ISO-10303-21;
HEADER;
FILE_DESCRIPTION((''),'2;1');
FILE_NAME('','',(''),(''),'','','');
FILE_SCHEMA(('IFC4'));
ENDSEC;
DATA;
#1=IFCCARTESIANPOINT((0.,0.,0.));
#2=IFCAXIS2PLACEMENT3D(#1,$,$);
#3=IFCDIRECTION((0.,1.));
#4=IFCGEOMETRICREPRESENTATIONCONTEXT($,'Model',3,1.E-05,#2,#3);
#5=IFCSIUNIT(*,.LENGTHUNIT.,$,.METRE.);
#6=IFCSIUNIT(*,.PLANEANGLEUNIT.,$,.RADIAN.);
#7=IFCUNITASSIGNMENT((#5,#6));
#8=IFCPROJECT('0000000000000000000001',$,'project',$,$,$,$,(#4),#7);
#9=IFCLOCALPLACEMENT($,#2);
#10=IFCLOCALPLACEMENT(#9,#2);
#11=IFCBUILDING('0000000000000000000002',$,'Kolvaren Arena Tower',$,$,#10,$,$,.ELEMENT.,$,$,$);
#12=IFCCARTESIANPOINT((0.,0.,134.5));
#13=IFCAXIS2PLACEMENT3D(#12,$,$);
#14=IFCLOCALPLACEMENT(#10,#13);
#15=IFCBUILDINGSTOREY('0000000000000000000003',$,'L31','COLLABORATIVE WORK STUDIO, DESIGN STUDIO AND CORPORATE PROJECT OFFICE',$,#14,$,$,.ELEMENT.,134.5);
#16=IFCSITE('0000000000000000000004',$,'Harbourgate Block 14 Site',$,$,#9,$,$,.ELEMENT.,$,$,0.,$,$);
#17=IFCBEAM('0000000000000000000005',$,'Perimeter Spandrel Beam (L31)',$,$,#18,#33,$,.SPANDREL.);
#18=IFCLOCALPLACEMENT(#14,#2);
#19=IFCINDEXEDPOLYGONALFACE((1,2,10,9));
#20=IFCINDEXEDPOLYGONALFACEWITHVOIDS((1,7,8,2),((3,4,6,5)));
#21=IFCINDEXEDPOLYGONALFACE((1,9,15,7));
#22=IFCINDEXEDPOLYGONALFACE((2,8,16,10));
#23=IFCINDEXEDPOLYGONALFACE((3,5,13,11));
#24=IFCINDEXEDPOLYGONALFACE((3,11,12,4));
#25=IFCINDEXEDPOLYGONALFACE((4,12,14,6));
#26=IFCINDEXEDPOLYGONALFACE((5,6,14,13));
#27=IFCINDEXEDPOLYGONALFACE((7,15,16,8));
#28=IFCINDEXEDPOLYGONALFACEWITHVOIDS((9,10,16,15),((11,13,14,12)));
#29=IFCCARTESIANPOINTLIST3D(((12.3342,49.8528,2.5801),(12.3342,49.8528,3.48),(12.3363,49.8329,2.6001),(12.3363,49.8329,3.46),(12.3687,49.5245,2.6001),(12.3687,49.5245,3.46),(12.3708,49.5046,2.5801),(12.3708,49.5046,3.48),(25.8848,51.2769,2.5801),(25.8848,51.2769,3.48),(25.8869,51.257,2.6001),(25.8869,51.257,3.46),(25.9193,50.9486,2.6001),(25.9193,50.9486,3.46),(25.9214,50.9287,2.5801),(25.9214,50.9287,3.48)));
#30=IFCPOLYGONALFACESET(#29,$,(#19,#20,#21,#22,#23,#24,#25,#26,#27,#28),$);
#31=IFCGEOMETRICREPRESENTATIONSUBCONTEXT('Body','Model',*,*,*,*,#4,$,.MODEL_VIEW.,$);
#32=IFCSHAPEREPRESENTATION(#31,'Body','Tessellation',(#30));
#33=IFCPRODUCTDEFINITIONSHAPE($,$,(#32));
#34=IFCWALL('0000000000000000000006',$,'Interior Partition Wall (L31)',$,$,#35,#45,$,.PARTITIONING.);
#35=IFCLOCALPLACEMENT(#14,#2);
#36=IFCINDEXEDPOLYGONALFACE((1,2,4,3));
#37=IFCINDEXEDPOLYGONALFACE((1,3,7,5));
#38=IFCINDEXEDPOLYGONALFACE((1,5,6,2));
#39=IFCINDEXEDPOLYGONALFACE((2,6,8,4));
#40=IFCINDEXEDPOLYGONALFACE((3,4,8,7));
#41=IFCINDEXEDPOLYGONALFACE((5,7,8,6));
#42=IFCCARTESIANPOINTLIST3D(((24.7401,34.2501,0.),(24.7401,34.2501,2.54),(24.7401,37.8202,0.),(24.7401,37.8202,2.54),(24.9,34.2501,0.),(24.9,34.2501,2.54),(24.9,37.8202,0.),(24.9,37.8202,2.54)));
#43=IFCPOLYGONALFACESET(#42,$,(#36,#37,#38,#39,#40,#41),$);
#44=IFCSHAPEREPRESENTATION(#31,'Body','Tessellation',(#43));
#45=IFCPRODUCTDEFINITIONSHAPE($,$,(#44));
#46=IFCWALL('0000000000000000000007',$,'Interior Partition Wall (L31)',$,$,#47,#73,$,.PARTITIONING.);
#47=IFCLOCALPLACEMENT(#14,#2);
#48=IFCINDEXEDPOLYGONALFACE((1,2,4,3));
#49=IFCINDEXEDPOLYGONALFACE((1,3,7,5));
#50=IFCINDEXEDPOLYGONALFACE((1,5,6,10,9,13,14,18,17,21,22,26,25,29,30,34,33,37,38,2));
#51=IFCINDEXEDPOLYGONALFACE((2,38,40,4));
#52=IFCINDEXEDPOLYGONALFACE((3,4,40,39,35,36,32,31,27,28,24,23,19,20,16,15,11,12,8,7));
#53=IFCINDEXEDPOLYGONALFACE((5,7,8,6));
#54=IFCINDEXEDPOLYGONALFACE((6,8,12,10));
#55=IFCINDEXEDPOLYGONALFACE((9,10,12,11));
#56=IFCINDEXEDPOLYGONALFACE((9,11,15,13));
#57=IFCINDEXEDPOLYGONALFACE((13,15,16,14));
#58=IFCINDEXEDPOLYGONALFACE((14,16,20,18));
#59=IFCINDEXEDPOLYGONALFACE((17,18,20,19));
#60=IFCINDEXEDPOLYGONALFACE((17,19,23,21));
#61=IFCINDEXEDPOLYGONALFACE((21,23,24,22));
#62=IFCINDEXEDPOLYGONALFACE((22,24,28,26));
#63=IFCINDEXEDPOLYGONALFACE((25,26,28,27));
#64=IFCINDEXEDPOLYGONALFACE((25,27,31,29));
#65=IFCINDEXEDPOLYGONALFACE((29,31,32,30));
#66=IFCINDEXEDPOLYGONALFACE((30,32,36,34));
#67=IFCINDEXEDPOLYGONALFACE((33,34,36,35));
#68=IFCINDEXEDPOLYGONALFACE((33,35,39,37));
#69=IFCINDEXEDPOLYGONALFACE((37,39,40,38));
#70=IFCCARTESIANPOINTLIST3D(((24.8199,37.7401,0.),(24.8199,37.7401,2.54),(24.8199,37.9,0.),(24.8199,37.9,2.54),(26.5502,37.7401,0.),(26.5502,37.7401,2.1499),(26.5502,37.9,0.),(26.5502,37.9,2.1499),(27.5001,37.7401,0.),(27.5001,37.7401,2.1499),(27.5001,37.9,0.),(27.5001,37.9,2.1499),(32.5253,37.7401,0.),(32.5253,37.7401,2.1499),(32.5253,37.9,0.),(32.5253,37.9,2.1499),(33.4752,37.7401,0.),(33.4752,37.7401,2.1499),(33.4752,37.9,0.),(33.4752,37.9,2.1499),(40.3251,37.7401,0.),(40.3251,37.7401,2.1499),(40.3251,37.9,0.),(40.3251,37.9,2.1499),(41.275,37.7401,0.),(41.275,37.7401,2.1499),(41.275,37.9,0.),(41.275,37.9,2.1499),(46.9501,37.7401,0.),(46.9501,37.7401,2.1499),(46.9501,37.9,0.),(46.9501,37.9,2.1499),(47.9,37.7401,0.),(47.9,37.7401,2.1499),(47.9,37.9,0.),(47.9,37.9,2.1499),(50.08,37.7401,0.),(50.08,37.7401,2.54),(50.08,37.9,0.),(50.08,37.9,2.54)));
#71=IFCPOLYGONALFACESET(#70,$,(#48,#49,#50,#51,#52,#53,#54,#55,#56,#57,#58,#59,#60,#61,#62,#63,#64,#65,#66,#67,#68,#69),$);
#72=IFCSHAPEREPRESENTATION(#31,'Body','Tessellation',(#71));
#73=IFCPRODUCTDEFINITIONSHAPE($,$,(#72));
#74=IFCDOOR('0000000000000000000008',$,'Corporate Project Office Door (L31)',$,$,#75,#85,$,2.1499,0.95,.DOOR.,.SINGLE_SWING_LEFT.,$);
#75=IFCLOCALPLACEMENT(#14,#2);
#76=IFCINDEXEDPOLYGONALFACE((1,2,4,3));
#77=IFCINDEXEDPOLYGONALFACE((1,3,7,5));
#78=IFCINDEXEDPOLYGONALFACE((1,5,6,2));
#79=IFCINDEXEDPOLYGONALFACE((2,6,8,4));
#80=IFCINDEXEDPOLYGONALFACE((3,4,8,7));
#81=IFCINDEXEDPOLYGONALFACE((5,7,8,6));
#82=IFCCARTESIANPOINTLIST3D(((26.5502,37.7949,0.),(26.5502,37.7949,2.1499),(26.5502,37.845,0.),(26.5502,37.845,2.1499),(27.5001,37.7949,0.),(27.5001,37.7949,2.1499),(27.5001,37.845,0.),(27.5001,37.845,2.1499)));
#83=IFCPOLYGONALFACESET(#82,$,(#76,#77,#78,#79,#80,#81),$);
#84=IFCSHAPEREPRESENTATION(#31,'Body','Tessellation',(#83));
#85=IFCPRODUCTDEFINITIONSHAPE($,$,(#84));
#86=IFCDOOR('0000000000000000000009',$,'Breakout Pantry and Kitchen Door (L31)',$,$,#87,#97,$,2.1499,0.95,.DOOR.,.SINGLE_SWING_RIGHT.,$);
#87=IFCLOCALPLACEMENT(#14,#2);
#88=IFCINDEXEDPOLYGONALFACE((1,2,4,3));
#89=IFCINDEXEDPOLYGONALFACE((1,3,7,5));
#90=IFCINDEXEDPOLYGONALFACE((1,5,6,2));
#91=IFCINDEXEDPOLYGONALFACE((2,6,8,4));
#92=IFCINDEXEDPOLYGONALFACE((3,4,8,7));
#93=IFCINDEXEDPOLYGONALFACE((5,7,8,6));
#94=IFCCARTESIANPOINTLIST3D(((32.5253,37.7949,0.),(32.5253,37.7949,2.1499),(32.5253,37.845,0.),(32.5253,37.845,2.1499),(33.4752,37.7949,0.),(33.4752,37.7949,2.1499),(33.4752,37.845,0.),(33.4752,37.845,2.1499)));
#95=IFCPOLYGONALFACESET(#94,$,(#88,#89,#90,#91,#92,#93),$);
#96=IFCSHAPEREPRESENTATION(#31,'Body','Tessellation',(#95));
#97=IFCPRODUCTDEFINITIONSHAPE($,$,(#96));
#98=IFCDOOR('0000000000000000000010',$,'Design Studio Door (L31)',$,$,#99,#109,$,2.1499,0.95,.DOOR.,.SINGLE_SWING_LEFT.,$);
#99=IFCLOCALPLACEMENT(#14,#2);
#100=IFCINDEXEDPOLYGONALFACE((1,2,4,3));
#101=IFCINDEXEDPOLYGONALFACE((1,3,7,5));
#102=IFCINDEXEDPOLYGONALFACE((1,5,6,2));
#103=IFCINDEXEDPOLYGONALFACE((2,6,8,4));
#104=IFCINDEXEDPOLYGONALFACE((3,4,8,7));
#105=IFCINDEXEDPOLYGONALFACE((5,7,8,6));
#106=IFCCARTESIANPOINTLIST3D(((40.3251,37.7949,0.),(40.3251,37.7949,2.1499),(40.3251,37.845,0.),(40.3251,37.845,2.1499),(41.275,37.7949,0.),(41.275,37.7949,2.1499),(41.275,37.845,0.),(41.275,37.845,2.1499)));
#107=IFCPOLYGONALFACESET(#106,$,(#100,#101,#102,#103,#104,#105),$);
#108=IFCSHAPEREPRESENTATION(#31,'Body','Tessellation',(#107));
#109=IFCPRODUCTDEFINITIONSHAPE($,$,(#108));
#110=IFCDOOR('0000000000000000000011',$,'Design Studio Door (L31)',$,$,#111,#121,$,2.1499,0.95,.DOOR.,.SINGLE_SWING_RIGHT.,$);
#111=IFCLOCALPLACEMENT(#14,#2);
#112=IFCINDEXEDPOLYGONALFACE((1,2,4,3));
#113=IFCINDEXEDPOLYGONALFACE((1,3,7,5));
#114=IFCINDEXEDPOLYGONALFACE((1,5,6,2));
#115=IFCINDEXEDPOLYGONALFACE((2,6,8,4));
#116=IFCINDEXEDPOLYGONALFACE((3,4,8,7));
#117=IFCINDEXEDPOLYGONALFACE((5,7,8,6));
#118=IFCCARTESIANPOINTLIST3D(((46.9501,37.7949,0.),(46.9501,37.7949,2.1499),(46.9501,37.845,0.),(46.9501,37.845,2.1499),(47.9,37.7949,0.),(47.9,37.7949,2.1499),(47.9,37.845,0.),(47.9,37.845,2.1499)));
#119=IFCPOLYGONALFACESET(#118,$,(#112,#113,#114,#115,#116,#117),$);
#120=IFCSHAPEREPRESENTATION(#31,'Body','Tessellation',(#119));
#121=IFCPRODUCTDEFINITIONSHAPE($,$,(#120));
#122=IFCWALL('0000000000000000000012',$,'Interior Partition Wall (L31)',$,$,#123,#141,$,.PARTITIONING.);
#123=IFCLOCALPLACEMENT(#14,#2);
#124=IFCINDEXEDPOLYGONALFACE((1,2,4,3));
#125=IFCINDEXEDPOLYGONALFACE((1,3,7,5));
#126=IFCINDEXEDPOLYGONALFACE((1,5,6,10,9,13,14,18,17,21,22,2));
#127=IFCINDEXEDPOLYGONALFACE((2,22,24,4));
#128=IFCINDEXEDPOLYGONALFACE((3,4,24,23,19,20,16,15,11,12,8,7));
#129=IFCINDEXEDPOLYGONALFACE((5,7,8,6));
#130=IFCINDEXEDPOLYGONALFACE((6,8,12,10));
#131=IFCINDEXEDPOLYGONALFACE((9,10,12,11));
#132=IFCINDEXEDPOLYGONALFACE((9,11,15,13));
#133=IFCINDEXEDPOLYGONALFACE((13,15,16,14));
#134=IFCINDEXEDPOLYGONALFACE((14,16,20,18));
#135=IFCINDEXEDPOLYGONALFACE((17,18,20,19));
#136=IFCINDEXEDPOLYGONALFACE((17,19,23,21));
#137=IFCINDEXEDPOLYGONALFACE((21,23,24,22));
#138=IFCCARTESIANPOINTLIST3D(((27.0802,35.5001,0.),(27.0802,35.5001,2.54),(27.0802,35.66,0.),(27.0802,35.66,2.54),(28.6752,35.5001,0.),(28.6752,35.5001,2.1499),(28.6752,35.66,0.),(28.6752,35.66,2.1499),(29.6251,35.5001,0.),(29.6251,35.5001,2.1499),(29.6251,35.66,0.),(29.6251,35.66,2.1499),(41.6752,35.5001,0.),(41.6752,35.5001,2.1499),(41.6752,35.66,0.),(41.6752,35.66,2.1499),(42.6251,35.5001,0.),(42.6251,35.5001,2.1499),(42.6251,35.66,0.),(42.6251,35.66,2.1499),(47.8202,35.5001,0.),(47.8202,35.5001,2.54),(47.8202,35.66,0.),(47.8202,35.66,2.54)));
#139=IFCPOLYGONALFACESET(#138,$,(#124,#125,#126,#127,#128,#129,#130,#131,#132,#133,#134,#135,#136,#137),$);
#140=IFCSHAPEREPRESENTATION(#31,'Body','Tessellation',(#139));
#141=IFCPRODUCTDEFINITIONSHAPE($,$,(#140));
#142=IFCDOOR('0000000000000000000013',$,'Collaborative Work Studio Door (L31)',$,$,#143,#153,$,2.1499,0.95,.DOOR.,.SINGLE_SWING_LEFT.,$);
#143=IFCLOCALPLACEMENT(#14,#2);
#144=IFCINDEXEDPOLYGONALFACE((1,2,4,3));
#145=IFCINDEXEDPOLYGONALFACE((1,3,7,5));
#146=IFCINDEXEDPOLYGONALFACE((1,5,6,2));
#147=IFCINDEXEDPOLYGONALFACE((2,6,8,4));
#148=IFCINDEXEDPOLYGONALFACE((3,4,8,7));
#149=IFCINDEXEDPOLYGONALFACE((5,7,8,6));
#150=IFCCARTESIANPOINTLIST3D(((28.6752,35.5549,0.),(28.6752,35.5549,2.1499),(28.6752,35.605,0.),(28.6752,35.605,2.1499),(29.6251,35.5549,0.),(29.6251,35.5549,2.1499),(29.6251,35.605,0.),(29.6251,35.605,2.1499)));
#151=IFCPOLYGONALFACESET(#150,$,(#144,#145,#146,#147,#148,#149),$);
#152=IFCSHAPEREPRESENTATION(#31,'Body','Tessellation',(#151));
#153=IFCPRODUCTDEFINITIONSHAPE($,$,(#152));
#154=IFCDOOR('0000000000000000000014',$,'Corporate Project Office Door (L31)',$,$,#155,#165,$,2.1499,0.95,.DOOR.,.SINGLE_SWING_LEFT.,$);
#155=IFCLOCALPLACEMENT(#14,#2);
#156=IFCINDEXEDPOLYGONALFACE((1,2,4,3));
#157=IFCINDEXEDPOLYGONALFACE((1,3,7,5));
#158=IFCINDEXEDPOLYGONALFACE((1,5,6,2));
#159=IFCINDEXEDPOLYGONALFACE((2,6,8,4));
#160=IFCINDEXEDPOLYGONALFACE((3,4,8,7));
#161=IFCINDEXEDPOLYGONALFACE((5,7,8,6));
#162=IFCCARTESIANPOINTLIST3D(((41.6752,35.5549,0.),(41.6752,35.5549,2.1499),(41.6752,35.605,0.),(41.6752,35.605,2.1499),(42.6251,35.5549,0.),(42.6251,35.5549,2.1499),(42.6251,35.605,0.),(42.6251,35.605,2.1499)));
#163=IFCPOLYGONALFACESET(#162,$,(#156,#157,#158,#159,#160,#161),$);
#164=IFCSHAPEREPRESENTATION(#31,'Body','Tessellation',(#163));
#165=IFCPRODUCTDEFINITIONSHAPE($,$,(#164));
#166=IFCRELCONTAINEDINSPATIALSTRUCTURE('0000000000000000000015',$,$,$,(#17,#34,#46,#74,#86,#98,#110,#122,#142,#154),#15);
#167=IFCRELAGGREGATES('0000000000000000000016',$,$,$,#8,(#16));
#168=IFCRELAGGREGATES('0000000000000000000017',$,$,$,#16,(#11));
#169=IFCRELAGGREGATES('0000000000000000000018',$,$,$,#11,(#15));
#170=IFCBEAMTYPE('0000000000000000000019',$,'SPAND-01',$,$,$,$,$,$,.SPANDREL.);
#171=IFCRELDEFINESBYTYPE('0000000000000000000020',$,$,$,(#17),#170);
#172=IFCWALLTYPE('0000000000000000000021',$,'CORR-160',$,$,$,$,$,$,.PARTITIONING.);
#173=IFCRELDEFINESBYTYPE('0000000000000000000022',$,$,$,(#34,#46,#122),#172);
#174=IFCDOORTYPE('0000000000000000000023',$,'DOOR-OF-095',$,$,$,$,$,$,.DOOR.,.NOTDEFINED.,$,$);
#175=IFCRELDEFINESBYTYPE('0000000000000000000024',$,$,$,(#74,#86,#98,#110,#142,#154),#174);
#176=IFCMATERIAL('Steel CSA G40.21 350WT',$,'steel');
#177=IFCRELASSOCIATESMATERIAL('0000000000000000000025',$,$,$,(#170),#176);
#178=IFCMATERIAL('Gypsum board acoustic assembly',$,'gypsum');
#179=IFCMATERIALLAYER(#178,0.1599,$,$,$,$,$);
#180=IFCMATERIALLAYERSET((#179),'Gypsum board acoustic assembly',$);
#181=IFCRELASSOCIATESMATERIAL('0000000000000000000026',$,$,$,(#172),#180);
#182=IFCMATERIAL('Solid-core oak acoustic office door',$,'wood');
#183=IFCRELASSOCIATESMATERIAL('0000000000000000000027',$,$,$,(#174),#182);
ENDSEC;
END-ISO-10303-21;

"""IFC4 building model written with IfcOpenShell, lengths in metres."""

from ifc_helpers import new_model, si_unit, direction, frame, frame_2d, origin, origin_2d, place, context, subcontext, project, spatial, rectangle, hollow_rectangle, extrude, material, layer, layer_set, material_profile, profile_set, type_object, element, fill, save


model = new_model("IFC4")

# Units and contexts
model_context = context("Model", 3, precision=1e-05, world=origin(), true_north=direction((0.0, 1.0)))
body_context = subcontext(model_context, "Body", "Model", "MODEL_VIEW")
ifc_project = project(units=[si_unit("LENGTHUNIT", "METRE"), si_unit("PLANEANGLEUNIT", "RADIAN")], contexts=[model_context])

# Site, building, storey
site_placement = place(None, origin())
site = spatial("IfcSite", under=ifc_project, at=site_placement, Name="Harbourgate Block 14 Site", CompositionType="ELEMENT", RefElevation=0.0)
building_placement = place(site_placement, origin())
building = spatial("IfcBuilding", under=site, at=building_placement, Name="Kolvaren Arena Tower", CompositionType="ELEMENT")
storey_placement = place(building_placement, frame((0.0, 0.0, 134.5)))
storey = spatial("IfcBuildingStorey", under=building, at=storey_placement, Name="L31", Description="COLLABORATIVE WORK STUDIO, DESIGN STUDIO AND CORPORATE PROJECT OFFICE", CompositionType="ELEMENT", Elevation=134.5)

# Beam
ifc_material_1 = material(Name="Steel CSA G40.21 350WT", Category="steel")
ifc_material_profile_1 = material_profile(ifc_material_1, hollow_rectangle(XDim=0.3501, YDim=0.8999, WallThickness=0.02, at=origin_2d()), Name="HSS 900x350x20")
ifc_profile_set_1 = profile_set([ifc_material_profile_1], Name="Steel CSA G40.21 350WT")
beam_type_1 = type_object("IfcBeamType", Name="SPAND-01", PredefinedType="SPANDREL", material=ifc_profile_set_1)
beam_1_placement = place(storey_placement, frame((25.9031, 51.1028, 3.03), z_axis=(-0.994523, -0.104518, 0.0), x_axis=(0.104518, -0.994523, 0.0)))
element("IfcBeam", 1, at=beam_1_placement, inside=storey, type_object=beam_type_1, Name="Perimeter Spandrel Beam (L31)", PredefinedType="SPANDREL", context=body_context, shape_type="SweptSolid", body=[
    extrude(hollow_rectangle(XDim=0.3501, YDim=0.8999, WallThickness=0.02, at=origin_2d()), origin(), (0.0, 0.0, 1.0), 13.6252),
])

# Wall
ifc_material_2 = material(Name="Gypsum board acoustic assembly", Category="gypsum")
ifc_layer_1 = layer(ifc_material_2, 0.1599)
ifc_layer_set_1 = layer_set([ifc_layer_1], Name="Gypsum board acoustic assembly")
wall_type_1 = type_object("IfcWallType", Name="CORR-160", PredefinedType="PARTITIONING", material=ifc_layer_set_1)
wall_1_placement = place(storey_placement, frame((24.8201, 34.25, 0.0), z_axis=(0.0, 0.0, 1.0), x_axis=(0.0, 1.0, 0.0)))
element("IfcWall", 2, at=wall_1_placement, inside=storey, type_object=wall_type_1, Name="Interior Partition Wall (L31)", PredefinedType="PARTITIONING", context=body_context, shape_type="SweptSolid", body=[
    extrude(rectangle(XDim=3.5701, YDim=0.1599, at=frame_2d((1.7852, 0.0))), origin(), (0.0, 0.0, 1.0), 2.54),
])

# Walls, openings, doors
wall_2_placement = place(storey_placement, frame((24.8201, 37.8201, 0.0), z_axis=(0.0, 0.0, 1.0), x_axis=(1.0, 0.0, 0.0)))
wall_2 = element("IfcWall", 3, at=wall_2_placement, inside=storey, type_object=wall_type_1, Name="Interior Partition Wall (L31)", PredefinedType="PARTITIONING", context=body_context, shape_type="SweptSolid", body=[
    extrude(rectangle(XDim=25.26, YDim=0.1599, at=frame_2d((12.6299, 0.0))), origin(), (0.0, 0.0, 1.0), 2.54),
])
opening_1_placement = place(wall_2_placement, frame((1.73, 0.0, 0.0)))
opening_1 = element("IfcOpeningElement", 4, at=opening_1_placement, cuts=wall_2, PredefinedType="OPENING", context=body_context, shape_type="SweptSolid", body=[
    extrude(rectangle(XDim=0.95, YDim=2.1499, at=frame_2d((0.4751, 1.075))), frame((0.0, 0.0898, 0.0), z_axis=(0.0, -1.0, 0.0), x_axis=(1.0, 0.0, 0.0)), (0.0, 0.0, 1.0), 0.1799),
])
opening_2_placement = place(wall_2_placement, frame((7.7051, 0.0, 0.0)))
opening_2 = element("IfcOpeningElement", 5, at=opening_2_placement, cuts=wall_2, PredefinedType="OPENING", context=body_context, shape_type="SweptSolid", body=[
    extrude(rectangle(XDim=0.95, YDim=2.1499, at=frame_2d((0.4751, 1.075))), frame((0.0, 0.0898, 0.0), z_axis=(0.0, -1.0, 0.0), x_axis=(1.0, 0.0, 0.0)), (0.0, 0.0, 1.0), 0.1799),
])
opening_3_placement = place(wall_2_placement, frame((15.5049, 0.0, 0.0)))
opening_3 = element("IfcOpeningElement", 6, at=opening_3_placement, cuts=wall_2, PredefinedType="OPENING", context=body_context, shape_type="SweptSolid", body=[
    extrude(rectangle(XDim=0.95, YDim=2.1499, at=frame_2d((0.4751, 1.075))), frame((0.0, 0.0898, 0.0), z_axis=(0.0, -1.0, 0.0), x_axis=(1.0, 0.0, 0.0)), (0.0, 0.0, 1.0), 0.1799),
])
opening_4_placement = place(wall_2_placement, frame((22.1299, 0.0, 0.0)))
opening_4 = element("IfcOpeningElement", 7, at=opening_4_placement, cuts=wall_2, PredefinedType="OPENING", context=body_context, shape_type="SweptSolid", body=[
    extrude(rectangle(XDim=0.95, YDim=2.1499, at=frame_2d((0.4751, 1.075))), frame((0.0, 0.0898, 0.0), z_axis=(0.0, -1.0, 0.0), x_axis=(1.0, 0.0, 0.0)), (0.0, 0.0, 1.0), 0.1799),
])
ifc_material_3 = material(Name="Solid-core oak acoustic office door", Category="wood")
door_type = type_object("IfcDoorType", Name="DOOR-OF-095", OperationType="NOTDEFINED", PredefinedType="DOOR", material=ifc_material_3)
door_1_placement = place(opening_1_placement, origin())
door_1 = element("IfcDoor", 8, at=door_1_placement, inside=storey, type_object=door_type, Name="Corporate Project Office Door (L31)", OperationType="SINGLE_SWING_LEFT", OverallHeight=2.1499, OverallWidth=0.95, PredefinedType="DOOR", context=body_context, shape_type="SweptSolid", body=[
    extrude(rectangle(XDim=0.95, YDim=2.1499, at=frame_2d((0.4751, 1.075))), frame((0.0, 0.0249, 0.0), z_axis=(0.0, -1.0, 0.0), x_axis=(1.0, 0.0, 0.0)), (0.0, 0.0, 1.0), 0.05),
])
fill(opening_1, door_1)
door_2_placement = place(opening_2_placement, origin())
door_2 = element("IfcDoor", 9, at=door_2_placement, inside=storey, type_object=door_type, Name="Breakout Pantry and Kitchen Door (L31)", OperationType="SINGLE_SWING_RIGHT", OverallHeight=2.1499, OverallWidth=0.95, PredefinedType="DOOR", context=body_context, shape_type="SweptSolid", body=[
    extrude(rectangle(XDim=0.95, YDim=2.1499, at=frame_2d((0.4751, 1.075))), frame((0.0, 0.0249, 0.0), z_axis=(0.0, -1.0, 0.0), x_axis=(1.0, 0.0, 0.0)), (0.0, 0.0, 1.0), 0.05),
])
fill(opening_2, door_2)
door_3_placement = place(opening_3_placement, origin())
door_3 = element("IfcDoor", 10, at=door_3_placement, inside=storey, type_object=door_type, Name="Design Studio Door (L31)", OperationType="SINGLE_SWING_LEFT", OverallHeight=2.1499, OverallWidth=0.95, PredefinedType="DOOR", context=body_context, shape_type="SweptSolid", body=[
    extrude(rectangle(XDim=0.95, YDim=2.1499, at=frame_2d((0.4751, 1.075))), frame((0.0, 0.0249, 0.0), z_axis=(0.0, -1.0, 0.0), x_axis=(1.0, 0.0, 0.0)), (0.0, 0.0, 1.0), 0.05),
])
fill(opening_3, door_3)
door_4_placement = place(opening_4_placement, origin())
door_4 = element("IfcDoor", 11, at=door_4_placement, inside=storey, type_object=door_type, Name="Design Studio Door (L31)", OperationType="SINGLE_SWING_RIGHT", OverallHeight=2.1499, OverallWidth=0.95, PredefinedType="DOOR", context=body_context, shape_type="SweptSolid", body=[
    extrude(rectangle(XDim=0.95, YDim=2.1499, at=frame_2d((0.4751, 1.075))), frame((0.0, 0.0249, 0.0), z_axis=(0.0, -1.0, 0.0), x_axis=(1.0, 0.0, 0.0)), (0.0, 0.0, 1.0), 0.05),
])
fill(opening_4, door_4)
wall_3_placement = place(storey_placement, frame((27.0801, 35.5801, 0.0), z_axis=(0.0, 0.0, 1.0), x_axis=(1.0, 0.0, 0.0)))
wall_3 = element("IfcWall", 12, at=wall_3_placement, inside=storey, type_object=wall_type_1, Name="Interior Partition Wall (L31)", PredefinedType="PARTITIONING", context=body_context, shape_type="SweptSolid", body=[
    extrude(rectangle(XDim=20.74, YDim=0.1599, at=frame_2d((10.3701, 0.0))), origin(), (0.0, 0.0, 1.0), 2.54),
])
opening_5_placement = place(wall_3_placement, frame((1.595, 0.0, 0.0)))
opening_5 = element("IfcOpeningElement", 13, at=opening_5_placement, cuts=wall_3, PredefinedType="OPENING", context=body_context, shape_type="SweptSolid", body=[
    extrude(rectangle(XDim=0.95, YDim=2.1499, at=frame_2d((0.4751, 1.075))), frame((0.0, 0.0898, 0.0), z_axis=(0.0, -1.0, 0.0), x_axis=(1.0, 0.0, 0.0)), (0.0, 0.0, 1.0), 0.1799),
])
opening_6_placement = place(wall_3_placement, frame((14.595, 0.0, 0.0)))
opening_6 = element("IfcOpeningElement", 14, at=opening_6_placement, cuts=wall_3, PredefinedType="OPENING", context=body_context, shape_type="SweptSolid", body=[
    extrude(rectangle(XDim=0.95, YDim=2.1499, at=frame_2d((0.4751, 1.075))), frame((0.0, 0.0898, 0.0), z_axis=(0.0, -1.0, 0.0), x_axis=(1.0, 0.0, 0.0)), (0.0, 0.0, 1.0), 0.1799),
])
door_5_placement = place(opening_5_placement, origin())
door_5 = element("IfcDoor", 15, at=door_5_placement, inside=storey, type_object=door_type, Name="Collaborative Work Studio Door (L31)", OperationType="SINGLE_SWING_LEFT", OverallHeight=2.1499, OverallWidth=0.95, PredefinedType="DOOR", context=body_context, shape_type="SweptSolid", body=[
    extrude(rectangle(XDim=0.95, YDim=2.1499, at=frame_2d((0.4751, 1.075))), frame((0.0, 0.0249, 0.0), z_axis=(0.0, -1.0, 0.0), x_axis=(1.0, 0.0, 0.0)), (0.0, 0.0, 1.0), 0.05),
])
fill(opening_5, door_5)
door_6_placement = place(opening_6_placement, origin())
door_6 = element("IfcDoor", 16, at=door_6_placement, inside=storey, type_object=door_type, Name="Corporate Project Office Door (L31)", OperationType="SINGLE_SWING_LEFT", OverallHeight=2.1499, OverallWidth=0.95, PredefinedType="DOOR", context=body_context, shape_type="SweptSolid", body=[
    extrude(rectangle(XDim=0.95, YDim=2.1499, at=frame_2d((0.4751, 1.075))), frame((0.0, 0.0249, 0.0), z_axis=(0.0, -1.0, 0.0), x_axis=(1.0, 0.0, 0.0)), (0.0, 0.0, 1.0), 0.05),
])
fill(opening_6, door_6)

save(model, "model.ifc")
